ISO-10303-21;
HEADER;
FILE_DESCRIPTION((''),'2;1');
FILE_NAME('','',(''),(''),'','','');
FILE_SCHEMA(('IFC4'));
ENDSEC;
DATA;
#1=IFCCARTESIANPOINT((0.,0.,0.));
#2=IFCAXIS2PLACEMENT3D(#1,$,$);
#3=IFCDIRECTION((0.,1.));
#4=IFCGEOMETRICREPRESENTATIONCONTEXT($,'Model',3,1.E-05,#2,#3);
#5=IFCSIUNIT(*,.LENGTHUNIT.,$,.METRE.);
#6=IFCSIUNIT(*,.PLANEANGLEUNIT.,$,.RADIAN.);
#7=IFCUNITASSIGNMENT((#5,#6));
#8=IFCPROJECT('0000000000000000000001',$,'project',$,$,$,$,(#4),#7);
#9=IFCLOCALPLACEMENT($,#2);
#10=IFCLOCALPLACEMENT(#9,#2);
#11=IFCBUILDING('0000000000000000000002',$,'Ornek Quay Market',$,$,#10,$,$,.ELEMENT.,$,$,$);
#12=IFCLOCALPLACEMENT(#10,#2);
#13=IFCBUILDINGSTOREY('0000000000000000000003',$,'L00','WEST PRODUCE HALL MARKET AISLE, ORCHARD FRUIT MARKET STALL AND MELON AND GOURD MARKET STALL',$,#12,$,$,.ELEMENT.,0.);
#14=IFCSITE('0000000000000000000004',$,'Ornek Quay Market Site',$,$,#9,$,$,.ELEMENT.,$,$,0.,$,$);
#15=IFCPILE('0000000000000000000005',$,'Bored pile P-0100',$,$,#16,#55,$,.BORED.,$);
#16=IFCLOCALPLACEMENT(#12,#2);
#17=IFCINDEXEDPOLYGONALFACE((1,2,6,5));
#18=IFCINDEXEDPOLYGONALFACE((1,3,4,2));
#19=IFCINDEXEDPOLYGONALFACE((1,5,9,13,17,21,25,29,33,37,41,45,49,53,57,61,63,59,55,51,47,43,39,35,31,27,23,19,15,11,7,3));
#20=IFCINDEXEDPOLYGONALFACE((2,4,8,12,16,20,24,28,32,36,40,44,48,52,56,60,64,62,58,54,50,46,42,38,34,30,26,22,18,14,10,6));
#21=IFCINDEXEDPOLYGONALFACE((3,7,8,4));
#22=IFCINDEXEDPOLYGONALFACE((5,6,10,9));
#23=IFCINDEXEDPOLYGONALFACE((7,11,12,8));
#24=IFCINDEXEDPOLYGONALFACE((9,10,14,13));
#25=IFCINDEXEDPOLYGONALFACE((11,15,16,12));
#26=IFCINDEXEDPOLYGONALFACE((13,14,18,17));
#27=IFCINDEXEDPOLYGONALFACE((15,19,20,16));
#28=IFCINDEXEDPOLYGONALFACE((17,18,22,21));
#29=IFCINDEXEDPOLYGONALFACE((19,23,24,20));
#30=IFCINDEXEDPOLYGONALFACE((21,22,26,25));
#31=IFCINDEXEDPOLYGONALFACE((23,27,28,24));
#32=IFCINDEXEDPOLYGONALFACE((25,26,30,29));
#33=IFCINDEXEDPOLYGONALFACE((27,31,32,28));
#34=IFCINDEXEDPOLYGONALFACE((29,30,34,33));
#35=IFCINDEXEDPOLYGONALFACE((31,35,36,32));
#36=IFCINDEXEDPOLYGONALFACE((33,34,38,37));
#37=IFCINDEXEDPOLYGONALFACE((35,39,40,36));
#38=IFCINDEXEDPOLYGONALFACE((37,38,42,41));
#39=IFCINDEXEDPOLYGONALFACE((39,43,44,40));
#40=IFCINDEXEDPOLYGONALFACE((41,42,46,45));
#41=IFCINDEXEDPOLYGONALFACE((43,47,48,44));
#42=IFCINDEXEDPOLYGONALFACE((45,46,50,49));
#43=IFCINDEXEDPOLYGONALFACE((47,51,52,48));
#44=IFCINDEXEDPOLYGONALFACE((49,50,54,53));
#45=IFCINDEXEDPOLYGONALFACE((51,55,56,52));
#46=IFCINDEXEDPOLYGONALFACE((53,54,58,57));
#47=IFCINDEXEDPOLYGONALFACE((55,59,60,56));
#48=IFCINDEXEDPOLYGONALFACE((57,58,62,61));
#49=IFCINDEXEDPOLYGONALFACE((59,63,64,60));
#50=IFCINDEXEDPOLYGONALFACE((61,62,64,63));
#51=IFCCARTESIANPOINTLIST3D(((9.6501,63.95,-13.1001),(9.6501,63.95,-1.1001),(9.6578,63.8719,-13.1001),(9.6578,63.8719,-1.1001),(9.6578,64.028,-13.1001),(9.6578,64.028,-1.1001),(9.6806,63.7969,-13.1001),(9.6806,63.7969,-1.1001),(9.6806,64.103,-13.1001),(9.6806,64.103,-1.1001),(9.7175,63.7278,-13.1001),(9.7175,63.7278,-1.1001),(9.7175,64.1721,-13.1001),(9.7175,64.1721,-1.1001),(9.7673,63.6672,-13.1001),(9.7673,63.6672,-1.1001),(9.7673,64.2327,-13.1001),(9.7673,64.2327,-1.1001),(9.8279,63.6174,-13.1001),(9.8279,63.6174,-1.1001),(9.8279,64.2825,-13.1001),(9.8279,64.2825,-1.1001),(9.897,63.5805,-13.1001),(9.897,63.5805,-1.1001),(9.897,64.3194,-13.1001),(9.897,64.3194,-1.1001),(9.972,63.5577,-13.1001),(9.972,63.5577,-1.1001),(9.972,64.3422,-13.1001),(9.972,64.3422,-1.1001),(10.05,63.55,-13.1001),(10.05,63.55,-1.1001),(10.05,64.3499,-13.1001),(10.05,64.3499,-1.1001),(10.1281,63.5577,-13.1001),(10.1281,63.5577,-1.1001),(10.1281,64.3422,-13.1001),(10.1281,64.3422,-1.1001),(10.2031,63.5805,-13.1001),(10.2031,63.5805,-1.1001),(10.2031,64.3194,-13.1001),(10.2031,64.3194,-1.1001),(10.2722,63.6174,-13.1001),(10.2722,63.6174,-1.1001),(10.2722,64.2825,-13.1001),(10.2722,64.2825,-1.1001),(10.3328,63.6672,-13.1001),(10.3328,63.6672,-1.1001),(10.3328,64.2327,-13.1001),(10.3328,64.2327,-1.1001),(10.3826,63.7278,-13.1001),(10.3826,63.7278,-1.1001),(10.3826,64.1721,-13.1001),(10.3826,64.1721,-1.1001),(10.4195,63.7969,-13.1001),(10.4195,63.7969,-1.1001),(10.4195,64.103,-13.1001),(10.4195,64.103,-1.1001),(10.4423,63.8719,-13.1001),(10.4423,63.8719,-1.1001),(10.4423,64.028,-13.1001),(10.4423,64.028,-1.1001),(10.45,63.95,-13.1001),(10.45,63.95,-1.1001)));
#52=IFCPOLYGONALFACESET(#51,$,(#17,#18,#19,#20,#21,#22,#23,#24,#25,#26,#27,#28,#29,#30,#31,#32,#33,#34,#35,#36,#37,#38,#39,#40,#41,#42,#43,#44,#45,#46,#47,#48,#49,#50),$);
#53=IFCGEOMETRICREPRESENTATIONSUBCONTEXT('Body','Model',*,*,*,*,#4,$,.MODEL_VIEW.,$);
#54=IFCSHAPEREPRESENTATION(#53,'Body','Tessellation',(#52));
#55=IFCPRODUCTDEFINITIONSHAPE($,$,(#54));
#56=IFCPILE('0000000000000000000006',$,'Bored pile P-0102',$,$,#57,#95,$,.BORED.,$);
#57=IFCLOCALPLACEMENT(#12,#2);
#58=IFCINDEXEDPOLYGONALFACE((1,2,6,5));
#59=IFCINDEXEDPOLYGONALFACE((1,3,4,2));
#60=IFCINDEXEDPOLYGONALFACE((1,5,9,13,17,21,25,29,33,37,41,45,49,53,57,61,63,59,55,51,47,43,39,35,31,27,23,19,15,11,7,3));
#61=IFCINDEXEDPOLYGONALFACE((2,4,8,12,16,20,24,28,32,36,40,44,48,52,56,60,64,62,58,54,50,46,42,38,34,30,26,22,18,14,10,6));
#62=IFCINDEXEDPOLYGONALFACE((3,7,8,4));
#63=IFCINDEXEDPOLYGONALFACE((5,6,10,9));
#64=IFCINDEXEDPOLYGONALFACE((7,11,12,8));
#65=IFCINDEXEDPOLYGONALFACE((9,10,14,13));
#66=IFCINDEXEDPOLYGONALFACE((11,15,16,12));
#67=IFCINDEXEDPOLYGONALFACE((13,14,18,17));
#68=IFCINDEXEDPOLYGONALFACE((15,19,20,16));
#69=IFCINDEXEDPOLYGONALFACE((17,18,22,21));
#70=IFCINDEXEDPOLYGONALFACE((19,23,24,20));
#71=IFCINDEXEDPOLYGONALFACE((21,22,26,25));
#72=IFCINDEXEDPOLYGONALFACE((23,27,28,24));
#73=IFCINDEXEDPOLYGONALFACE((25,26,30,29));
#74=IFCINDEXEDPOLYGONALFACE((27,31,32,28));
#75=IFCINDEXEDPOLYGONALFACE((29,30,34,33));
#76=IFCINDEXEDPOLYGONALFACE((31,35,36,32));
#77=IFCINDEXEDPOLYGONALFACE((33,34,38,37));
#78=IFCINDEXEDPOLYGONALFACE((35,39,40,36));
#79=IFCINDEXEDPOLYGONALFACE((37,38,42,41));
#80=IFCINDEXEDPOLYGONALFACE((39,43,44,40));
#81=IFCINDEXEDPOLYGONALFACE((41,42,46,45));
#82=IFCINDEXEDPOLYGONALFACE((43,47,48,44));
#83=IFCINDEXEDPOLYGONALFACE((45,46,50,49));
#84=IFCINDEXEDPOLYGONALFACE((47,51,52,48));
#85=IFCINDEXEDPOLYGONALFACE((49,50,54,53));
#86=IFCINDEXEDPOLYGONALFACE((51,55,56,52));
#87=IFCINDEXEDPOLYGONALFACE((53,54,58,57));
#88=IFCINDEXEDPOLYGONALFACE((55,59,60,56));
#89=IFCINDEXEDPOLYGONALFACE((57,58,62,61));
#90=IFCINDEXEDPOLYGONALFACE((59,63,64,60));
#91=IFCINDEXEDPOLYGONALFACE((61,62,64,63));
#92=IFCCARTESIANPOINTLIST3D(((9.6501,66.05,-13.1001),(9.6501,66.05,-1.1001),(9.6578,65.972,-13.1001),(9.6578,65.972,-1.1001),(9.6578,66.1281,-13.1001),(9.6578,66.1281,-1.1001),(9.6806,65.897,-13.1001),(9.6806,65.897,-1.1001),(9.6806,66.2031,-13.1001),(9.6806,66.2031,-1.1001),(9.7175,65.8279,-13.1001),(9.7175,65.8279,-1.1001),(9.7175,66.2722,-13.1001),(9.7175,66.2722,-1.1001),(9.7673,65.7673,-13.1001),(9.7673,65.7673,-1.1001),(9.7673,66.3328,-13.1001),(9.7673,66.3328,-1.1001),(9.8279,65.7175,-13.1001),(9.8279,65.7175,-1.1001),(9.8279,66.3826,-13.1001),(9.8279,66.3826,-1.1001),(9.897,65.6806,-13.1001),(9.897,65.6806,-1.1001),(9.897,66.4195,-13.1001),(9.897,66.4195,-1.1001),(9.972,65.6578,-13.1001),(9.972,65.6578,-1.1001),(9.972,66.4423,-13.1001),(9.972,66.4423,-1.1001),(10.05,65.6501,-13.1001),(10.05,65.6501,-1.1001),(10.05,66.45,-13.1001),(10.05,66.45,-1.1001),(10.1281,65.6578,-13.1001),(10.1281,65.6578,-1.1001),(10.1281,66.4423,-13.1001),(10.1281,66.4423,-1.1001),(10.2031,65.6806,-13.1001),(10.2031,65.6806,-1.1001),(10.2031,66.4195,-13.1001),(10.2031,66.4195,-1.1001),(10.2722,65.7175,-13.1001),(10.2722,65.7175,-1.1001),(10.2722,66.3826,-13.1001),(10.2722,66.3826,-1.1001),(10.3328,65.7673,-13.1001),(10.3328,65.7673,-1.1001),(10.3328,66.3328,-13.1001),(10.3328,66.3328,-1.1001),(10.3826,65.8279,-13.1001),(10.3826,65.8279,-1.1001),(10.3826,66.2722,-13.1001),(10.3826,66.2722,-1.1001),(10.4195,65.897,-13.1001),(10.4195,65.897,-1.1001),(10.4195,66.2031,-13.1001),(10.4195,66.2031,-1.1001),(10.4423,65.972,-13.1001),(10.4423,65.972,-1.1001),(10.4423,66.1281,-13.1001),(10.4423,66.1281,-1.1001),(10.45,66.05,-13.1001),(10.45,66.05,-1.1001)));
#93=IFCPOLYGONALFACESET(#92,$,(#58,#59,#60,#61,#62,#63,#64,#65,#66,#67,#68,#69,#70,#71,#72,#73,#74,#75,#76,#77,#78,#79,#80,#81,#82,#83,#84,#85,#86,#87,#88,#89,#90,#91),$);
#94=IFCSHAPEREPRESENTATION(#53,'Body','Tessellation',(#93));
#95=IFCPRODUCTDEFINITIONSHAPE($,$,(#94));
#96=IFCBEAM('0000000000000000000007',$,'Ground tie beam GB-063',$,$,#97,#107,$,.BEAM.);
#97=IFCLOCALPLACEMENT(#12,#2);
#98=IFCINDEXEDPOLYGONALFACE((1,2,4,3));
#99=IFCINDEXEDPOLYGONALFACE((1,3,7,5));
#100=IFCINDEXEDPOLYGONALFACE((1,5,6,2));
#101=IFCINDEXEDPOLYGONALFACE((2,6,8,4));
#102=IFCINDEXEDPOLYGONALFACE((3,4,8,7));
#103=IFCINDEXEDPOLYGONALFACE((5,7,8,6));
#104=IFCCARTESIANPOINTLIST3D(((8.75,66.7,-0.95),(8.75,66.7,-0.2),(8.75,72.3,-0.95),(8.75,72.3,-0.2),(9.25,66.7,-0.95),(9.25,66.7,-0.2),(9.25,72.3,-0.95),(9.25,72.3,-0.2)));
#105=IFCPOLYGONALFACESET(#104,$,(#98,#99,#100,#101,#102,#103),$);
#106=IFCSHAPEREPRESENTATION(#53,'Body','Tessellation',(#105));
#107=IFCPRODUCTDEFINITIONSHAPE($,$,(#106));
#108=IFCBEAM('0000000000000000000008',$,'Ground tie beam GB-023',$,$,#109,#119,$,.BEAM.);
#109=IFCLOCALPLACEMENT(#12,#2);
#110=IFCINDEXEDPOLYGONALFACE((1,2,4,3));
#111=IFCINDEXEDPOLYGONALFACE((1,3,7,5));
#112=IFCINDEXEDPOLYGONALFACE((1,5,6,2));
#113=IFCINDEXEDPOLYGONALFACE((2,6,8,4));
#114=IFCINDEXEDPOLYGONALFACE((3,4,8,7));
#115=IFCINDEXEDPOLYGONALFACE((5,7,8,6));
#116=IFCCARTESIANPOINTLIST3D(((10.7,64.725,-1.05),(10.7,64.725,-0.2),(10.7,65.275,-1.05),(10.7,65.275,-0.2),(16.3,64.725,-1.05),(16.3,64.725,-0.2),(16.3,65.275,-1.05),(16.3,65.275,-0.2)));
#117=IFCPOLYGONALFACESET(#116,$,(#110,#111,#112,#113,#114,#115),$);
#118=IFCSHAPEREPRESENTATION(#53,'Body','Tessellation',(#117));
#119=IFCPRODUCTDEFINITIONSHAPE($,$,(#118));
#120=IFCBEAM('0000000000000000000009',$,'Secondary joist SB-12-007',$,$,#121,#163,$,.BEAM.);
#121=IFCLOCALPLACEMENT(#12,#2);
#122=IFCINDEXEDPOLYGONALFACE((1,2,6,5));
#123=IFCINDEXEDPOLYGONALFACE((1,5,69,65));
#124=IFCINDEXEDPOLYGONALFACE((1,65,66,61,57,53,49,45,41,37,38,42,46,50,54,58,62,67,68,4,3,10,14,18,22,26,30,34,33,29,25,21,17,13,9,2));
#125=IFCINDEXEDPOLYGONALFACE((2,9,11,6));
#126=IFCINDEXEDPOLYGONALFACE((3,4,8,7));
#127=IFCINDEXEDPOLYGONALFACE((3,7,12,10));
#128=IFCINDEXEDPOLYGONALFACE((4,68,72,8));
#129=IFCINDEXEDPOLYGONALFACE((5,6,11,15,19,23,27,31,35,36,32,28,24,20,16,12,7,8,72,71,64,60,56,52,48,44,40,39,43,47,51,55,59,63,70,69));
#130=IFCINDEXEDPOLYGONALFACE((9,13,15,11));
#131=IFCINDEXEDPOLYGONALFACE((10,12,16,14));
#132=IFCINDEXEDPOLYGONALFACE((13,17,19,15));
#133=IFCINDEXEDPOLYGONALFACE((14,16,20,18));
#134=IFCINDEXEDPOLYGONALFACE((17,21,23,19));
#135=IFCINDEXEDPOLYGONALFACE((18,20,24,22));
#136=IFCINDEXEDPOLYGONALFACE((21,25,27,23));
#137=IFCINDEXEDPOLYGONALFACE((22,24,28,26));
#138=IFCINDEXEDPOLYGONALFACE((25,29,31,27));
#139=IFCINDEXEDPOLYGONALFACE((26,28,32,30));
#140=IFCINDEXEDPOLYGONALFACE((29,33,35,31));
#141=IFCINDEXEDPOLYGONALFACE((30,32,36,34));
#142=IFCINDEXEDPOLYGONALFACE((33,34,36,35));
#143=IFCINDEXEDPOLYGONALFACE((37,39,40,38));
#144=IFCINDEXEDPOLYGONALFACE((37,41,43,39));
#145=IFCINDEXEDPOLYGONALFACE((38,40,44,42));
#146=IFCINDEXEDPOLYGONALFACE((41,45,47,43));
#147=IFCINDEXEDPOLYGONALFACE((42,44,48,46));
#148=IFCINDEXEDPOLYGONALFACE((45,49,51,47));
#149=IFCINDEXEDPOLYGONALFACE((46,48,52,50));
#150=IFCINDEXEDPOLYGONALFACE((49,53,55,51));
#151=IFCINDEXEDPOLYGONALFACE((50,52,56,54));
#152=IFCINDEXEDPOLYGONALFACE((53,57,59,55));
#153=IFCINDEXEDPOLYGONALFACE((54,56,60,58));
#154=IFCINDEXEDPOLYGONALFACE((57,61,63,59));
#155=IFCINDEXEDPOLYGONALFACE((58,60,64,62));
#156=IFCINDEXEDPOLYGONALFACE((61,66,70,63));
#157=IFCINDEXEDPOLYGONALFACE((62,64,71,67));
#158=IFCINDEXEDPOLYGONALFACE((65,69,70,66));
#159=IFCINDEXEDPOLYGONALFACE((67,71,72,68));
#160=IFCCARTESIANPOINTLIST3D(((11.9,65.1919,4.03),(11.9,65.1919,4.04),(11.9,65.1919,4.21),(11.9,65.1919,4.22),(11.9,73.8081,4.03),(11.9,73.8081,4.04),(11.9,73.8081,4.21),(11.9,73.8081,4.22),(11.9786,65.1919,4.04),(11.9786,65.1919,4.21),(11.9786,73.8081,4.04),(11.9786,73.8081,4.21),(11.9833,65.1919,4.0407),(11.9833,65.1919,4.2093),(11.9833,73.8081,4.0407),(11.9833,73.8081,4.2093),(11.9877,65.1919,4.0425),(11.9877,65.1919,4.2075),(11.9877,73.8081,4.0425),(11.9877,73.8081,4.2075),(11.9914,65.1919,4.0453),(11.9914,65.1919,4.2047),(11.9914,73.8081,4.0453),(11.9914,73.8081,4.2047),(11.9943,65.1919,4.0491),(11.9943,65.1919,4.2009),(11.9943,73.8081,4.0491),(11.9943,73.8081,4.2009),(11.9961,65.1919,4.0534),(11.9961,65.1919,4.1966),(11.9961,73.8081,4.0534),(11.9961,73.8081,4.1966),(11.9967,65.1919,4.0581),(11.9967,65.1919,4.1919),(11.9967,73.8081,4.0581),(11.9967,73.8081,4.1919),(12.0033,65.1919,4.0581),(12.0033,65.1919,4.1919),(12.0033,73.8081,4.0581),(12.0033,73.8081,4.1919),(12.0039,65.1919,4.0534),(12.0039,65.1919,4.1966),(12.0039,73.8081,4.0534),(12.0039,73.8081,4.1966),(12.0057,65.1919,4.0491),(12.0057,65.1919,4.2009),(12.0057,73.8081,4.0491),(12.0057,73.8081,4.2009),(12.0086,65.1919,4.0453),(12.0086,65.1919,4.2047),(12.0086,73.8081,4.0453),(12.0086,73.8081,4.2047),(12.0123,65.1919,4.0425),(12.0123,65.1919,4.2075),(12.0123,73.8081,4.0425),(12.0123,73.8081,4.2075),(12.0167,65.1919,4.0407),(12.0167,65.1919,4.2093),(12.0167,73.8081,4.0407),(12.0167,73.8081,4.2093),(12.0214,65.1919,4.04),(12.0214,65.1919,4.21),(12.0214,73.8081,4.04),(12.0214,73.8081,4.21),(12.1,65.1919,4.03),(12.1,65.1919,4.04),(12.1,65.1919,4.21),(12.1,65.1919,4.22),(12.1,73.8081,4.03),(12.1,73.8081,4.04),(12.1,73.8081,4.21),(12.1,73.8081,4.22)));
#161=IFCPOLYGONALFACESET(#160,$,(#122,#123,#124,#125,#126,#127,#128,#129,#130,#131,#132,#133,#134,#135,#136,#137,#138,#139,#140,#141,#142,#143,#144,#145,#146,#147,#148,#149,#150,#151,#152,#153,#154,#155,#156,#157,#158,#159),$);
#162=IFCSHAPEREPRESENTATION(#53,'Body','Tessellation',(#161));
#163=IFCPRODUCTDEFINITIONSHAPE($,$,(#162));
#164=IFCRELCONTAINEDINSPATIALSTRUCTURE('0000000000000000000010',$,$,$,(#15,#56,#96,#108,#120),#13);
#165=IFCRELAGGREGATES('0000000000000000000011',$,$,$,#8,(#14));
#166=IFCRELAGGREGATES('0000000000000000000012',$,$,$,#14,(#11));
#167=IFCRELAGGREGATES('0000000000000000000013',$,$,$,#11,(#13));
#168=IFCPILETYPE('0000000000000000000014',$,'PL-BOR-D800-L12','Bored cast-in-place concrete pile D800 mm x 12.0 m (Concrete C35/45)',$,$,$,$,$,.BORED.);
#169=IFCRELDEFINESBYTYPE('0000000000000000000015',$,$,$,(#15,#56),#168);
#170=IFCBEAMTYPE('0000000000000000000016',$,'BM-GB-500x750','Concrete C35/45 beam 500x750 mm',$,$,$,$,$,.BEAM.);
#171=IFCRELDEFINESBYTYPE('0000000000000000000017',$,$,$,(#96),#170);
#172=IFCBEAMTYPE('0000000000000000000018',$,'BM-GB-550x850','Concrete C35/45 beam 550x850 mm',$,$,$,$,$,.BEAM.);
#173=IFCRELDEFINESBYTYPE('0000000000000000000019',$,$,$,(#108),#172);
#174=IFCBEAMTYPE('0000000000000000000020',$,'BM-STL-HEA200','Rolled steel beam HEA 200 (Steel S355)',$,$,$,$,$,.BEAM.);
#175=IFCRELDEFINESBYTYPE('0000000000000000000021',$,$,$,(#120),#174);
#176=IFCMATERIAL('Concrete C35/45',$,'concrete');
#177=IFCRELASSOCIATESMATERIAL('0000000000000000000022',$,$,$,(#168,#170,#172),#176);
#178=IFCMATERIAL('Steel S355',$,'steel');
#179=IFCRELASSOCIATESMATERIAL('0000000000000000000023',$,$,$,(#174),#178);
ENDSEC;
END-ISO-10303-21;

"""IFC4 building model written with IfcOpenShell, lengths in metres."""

from ifc_helpers import new_model, si_unit, direction, frame, origin, origin_2d, place, context, subcontext, project, spatial, rectangle, circle, i_section, extrude, material, material_profile, profile_set, type_object, element, save


model = new_model("IFC4")

# Units and contexts
model_context = context("Model", 3, precision=1e-05, world=origin(), true_north=direction((0.0, 1.0)))
body_context = subcontext(model_context, "Body", "Model", "MODEL_VIEW")
ifc_project = project(units=[si_unit("LENGTHUNIT", "METRE"), si_unit("PLANEANGLEUNIT", "RADIAN")], contexts=[model_context])

# Site, building, storey
site_placement = place(None, origin())
site = spatial("IfcSite", under=ifc_project, at=site_placement, Name="Ornek Quay Market Site", CompositionType="ELEMENT", RefElevation=0.0)
building_placement = place(site_placement, origin())
building = spatial("IfcBuilding", under=site, at=building_placement, Name="Ornek Quay Market", CompositionType="ELEMENT")
storey_placement = place(building_placement, origin())
storey = spatial("IfcBuildingStorey", under=building, at=storey_placement, Name="L00", Description="WEST PRODUCE HALL MARKET AISLE, ORCHARD FRUIT MARKET STALL AND MELON AND GOURD MARKET STALL", CompositionType="ELEMENT", Elevation=0.0)

# Piles
ifc_material_1 = material(Name="Concrete C35/45", Category="concrete")
ifc_material_profile_1 = material_profile(ifc_material_1, circle(Radius=0.3999, at=origin_2d()), Name="PILE D800", Category="concrete")
ifc_profile_set_1 = profile_set([ifc_material_profile_1], Name="Concrete C35/45")
pile_type = type_object("IfcPileType", Name="PL-BOR-D800-L12", Description="Bored cast-in-place concrete pile D800 mm x 12.0 m (Concrete C35/45)", PredefinedType="BORED", material=ifc_profile_set_1)
for number, where, z_axis, x_axis, name in (
    (1, (10.05, 63.95, -1.1001), (0.0, 0.0, -1.0), (1.0, 0.0, 0.0), "Bored pile P-0100"),
    (2, (10.05, 66.05, -1.1001), (0.0, 0.0, -1.0), (1.0, 0.0, 0.0), "Bored pile P-0102"),
):
    element("IfcPile", number, at=place(storey_placement, frame(where, z_axis=z_axis, x_axis=x_axis)), inside=storey, type_object=pile_type, Name=name, PredefinedType="BORED", context=body_context, shape_type="SweptSolid", body=[
        extrude(circle(Radius=0.3999, at=origin_2d()), origin(), (0.0, 0.0, 1.0), 12.0),
    ])

# Beams
ifc_material_profile_2 = material_profile(ifc_material_1, rectangle(XDim=0.5, YDim=0.75, at=origin_2d()), Name="RC 500x750", Category="concrete")
ifc_profile_set_2 = profile_set([ifc_material_profile_2], Name="Concrete C35/45")
beam_type_1 = type_object("IfcBeamType", Name="BM-GB-500x750", Description="Concrete C35/45 beam 500x750 mm", PredefinedType="BEAM", material=ifc_profile_set_2)
beam_1_placement = place(storey_placement, frame((9.0, 66.7, -0.575), z_axis=(0.0, 1.0, 0.0), x_axis=(-1.0, 0.0, 0.0)))
element("IfcBeam", 3, at=beam_1_placement, inside=storey, type_object=beam_type_1, Name="Ground tie beam GB-063", PredefinedType="BEAM", context=body_context, shape_type="SweptSolid", body=[
    extrude(rectangle(XDim=0.5, YDim=0.75, at=origin_2d()), origin(), (0.0, 0.0, 1.0), 5.6001),
])
ifc_material_profile_3 = material_profile(ifc_material_1, rectangle(XDim=0.55, YDim=0.8501, at=origin_2d()), Name="RC 550x850", Category="concrete")
ifc_profile_set_3 = profile_set([ifc_material_profile_3], Name="Concrete C35/45")
beam_type_2 = type_object("IfcBeamType", Name="BM-GB-550x850", Description="Concrete C35/45 beam 550x850 mm", PredefinedType="BEAM", material=ifc_profile_set_3)
beam_2_placement = place(storey_placement, frame((10.7, 65.0, -0.625), z_axis=(1.0, 0.0, 0.0), x_axis=(0.0, 1.0, 0.0)))
element("IfcBeam", 4, at=beam_2_placement, inside=storey, type_object=beam_type_2, Name="Ground tie beam GB-023", PredefinedType="BEAM", context=body_context, shape_type="SweptSolid", body=[
    extrude(rectangle(XDim=0.55, YDim=0.8501, at=origin_2d()), origin(), (0.0, 0.0, 1.0), 5.6001),
])
ifc_material_2 = material(Name="Steel S355", Category="steel")
ifc_material_profile_4 = material_profile(ifc_material_2, i_section(OverallWidth=0.2, OverallDepth=0.1899, WebThickness=0.0066, FlangeThickness=0.01, FilletRadius=0.0181, at=origin_2d()), Name="HEA 200", Category="steel")
ifc_profile_set_4 = profile_set([ifc_material_profile_4], Name="Steel S355")
beam_type_3 = type_object("IfcBeamType", Name="BM-STL-HEA200", Description="Rolled steel beam HEA 200 (Steel S355)", PredefinedType="BEAM", material=ifc_profile_set_4)
for number, where, z_axis, x_axis, name in (
    (5, (12.0, 65.1919, 4.125), (0.0, 1.0, 0.0), (-1.0, 0.0, 0.0), "Secondary joist SB-12-007"),
):
    element("IfcBeam", number, at=place(storey_placement, frame(where, z_axis=z_axis, x_axis=x_axis)), inside=storey, type_object=beam_type_3, Name=name, PredefinedType="BEAM", context=body_context, shape_type="SweptSolid", body=[
        extrude(i_section(OverallWidth=0.2, OverallDepth=0.1899, WebThickness=0.0066, FlangeThickness=0.01, FilletRadius=0.0181, at=origin_2d()), origin(), (0.0, 0.0, 1.0), 8.6162),
    ])

save(model, "model.ifc")
